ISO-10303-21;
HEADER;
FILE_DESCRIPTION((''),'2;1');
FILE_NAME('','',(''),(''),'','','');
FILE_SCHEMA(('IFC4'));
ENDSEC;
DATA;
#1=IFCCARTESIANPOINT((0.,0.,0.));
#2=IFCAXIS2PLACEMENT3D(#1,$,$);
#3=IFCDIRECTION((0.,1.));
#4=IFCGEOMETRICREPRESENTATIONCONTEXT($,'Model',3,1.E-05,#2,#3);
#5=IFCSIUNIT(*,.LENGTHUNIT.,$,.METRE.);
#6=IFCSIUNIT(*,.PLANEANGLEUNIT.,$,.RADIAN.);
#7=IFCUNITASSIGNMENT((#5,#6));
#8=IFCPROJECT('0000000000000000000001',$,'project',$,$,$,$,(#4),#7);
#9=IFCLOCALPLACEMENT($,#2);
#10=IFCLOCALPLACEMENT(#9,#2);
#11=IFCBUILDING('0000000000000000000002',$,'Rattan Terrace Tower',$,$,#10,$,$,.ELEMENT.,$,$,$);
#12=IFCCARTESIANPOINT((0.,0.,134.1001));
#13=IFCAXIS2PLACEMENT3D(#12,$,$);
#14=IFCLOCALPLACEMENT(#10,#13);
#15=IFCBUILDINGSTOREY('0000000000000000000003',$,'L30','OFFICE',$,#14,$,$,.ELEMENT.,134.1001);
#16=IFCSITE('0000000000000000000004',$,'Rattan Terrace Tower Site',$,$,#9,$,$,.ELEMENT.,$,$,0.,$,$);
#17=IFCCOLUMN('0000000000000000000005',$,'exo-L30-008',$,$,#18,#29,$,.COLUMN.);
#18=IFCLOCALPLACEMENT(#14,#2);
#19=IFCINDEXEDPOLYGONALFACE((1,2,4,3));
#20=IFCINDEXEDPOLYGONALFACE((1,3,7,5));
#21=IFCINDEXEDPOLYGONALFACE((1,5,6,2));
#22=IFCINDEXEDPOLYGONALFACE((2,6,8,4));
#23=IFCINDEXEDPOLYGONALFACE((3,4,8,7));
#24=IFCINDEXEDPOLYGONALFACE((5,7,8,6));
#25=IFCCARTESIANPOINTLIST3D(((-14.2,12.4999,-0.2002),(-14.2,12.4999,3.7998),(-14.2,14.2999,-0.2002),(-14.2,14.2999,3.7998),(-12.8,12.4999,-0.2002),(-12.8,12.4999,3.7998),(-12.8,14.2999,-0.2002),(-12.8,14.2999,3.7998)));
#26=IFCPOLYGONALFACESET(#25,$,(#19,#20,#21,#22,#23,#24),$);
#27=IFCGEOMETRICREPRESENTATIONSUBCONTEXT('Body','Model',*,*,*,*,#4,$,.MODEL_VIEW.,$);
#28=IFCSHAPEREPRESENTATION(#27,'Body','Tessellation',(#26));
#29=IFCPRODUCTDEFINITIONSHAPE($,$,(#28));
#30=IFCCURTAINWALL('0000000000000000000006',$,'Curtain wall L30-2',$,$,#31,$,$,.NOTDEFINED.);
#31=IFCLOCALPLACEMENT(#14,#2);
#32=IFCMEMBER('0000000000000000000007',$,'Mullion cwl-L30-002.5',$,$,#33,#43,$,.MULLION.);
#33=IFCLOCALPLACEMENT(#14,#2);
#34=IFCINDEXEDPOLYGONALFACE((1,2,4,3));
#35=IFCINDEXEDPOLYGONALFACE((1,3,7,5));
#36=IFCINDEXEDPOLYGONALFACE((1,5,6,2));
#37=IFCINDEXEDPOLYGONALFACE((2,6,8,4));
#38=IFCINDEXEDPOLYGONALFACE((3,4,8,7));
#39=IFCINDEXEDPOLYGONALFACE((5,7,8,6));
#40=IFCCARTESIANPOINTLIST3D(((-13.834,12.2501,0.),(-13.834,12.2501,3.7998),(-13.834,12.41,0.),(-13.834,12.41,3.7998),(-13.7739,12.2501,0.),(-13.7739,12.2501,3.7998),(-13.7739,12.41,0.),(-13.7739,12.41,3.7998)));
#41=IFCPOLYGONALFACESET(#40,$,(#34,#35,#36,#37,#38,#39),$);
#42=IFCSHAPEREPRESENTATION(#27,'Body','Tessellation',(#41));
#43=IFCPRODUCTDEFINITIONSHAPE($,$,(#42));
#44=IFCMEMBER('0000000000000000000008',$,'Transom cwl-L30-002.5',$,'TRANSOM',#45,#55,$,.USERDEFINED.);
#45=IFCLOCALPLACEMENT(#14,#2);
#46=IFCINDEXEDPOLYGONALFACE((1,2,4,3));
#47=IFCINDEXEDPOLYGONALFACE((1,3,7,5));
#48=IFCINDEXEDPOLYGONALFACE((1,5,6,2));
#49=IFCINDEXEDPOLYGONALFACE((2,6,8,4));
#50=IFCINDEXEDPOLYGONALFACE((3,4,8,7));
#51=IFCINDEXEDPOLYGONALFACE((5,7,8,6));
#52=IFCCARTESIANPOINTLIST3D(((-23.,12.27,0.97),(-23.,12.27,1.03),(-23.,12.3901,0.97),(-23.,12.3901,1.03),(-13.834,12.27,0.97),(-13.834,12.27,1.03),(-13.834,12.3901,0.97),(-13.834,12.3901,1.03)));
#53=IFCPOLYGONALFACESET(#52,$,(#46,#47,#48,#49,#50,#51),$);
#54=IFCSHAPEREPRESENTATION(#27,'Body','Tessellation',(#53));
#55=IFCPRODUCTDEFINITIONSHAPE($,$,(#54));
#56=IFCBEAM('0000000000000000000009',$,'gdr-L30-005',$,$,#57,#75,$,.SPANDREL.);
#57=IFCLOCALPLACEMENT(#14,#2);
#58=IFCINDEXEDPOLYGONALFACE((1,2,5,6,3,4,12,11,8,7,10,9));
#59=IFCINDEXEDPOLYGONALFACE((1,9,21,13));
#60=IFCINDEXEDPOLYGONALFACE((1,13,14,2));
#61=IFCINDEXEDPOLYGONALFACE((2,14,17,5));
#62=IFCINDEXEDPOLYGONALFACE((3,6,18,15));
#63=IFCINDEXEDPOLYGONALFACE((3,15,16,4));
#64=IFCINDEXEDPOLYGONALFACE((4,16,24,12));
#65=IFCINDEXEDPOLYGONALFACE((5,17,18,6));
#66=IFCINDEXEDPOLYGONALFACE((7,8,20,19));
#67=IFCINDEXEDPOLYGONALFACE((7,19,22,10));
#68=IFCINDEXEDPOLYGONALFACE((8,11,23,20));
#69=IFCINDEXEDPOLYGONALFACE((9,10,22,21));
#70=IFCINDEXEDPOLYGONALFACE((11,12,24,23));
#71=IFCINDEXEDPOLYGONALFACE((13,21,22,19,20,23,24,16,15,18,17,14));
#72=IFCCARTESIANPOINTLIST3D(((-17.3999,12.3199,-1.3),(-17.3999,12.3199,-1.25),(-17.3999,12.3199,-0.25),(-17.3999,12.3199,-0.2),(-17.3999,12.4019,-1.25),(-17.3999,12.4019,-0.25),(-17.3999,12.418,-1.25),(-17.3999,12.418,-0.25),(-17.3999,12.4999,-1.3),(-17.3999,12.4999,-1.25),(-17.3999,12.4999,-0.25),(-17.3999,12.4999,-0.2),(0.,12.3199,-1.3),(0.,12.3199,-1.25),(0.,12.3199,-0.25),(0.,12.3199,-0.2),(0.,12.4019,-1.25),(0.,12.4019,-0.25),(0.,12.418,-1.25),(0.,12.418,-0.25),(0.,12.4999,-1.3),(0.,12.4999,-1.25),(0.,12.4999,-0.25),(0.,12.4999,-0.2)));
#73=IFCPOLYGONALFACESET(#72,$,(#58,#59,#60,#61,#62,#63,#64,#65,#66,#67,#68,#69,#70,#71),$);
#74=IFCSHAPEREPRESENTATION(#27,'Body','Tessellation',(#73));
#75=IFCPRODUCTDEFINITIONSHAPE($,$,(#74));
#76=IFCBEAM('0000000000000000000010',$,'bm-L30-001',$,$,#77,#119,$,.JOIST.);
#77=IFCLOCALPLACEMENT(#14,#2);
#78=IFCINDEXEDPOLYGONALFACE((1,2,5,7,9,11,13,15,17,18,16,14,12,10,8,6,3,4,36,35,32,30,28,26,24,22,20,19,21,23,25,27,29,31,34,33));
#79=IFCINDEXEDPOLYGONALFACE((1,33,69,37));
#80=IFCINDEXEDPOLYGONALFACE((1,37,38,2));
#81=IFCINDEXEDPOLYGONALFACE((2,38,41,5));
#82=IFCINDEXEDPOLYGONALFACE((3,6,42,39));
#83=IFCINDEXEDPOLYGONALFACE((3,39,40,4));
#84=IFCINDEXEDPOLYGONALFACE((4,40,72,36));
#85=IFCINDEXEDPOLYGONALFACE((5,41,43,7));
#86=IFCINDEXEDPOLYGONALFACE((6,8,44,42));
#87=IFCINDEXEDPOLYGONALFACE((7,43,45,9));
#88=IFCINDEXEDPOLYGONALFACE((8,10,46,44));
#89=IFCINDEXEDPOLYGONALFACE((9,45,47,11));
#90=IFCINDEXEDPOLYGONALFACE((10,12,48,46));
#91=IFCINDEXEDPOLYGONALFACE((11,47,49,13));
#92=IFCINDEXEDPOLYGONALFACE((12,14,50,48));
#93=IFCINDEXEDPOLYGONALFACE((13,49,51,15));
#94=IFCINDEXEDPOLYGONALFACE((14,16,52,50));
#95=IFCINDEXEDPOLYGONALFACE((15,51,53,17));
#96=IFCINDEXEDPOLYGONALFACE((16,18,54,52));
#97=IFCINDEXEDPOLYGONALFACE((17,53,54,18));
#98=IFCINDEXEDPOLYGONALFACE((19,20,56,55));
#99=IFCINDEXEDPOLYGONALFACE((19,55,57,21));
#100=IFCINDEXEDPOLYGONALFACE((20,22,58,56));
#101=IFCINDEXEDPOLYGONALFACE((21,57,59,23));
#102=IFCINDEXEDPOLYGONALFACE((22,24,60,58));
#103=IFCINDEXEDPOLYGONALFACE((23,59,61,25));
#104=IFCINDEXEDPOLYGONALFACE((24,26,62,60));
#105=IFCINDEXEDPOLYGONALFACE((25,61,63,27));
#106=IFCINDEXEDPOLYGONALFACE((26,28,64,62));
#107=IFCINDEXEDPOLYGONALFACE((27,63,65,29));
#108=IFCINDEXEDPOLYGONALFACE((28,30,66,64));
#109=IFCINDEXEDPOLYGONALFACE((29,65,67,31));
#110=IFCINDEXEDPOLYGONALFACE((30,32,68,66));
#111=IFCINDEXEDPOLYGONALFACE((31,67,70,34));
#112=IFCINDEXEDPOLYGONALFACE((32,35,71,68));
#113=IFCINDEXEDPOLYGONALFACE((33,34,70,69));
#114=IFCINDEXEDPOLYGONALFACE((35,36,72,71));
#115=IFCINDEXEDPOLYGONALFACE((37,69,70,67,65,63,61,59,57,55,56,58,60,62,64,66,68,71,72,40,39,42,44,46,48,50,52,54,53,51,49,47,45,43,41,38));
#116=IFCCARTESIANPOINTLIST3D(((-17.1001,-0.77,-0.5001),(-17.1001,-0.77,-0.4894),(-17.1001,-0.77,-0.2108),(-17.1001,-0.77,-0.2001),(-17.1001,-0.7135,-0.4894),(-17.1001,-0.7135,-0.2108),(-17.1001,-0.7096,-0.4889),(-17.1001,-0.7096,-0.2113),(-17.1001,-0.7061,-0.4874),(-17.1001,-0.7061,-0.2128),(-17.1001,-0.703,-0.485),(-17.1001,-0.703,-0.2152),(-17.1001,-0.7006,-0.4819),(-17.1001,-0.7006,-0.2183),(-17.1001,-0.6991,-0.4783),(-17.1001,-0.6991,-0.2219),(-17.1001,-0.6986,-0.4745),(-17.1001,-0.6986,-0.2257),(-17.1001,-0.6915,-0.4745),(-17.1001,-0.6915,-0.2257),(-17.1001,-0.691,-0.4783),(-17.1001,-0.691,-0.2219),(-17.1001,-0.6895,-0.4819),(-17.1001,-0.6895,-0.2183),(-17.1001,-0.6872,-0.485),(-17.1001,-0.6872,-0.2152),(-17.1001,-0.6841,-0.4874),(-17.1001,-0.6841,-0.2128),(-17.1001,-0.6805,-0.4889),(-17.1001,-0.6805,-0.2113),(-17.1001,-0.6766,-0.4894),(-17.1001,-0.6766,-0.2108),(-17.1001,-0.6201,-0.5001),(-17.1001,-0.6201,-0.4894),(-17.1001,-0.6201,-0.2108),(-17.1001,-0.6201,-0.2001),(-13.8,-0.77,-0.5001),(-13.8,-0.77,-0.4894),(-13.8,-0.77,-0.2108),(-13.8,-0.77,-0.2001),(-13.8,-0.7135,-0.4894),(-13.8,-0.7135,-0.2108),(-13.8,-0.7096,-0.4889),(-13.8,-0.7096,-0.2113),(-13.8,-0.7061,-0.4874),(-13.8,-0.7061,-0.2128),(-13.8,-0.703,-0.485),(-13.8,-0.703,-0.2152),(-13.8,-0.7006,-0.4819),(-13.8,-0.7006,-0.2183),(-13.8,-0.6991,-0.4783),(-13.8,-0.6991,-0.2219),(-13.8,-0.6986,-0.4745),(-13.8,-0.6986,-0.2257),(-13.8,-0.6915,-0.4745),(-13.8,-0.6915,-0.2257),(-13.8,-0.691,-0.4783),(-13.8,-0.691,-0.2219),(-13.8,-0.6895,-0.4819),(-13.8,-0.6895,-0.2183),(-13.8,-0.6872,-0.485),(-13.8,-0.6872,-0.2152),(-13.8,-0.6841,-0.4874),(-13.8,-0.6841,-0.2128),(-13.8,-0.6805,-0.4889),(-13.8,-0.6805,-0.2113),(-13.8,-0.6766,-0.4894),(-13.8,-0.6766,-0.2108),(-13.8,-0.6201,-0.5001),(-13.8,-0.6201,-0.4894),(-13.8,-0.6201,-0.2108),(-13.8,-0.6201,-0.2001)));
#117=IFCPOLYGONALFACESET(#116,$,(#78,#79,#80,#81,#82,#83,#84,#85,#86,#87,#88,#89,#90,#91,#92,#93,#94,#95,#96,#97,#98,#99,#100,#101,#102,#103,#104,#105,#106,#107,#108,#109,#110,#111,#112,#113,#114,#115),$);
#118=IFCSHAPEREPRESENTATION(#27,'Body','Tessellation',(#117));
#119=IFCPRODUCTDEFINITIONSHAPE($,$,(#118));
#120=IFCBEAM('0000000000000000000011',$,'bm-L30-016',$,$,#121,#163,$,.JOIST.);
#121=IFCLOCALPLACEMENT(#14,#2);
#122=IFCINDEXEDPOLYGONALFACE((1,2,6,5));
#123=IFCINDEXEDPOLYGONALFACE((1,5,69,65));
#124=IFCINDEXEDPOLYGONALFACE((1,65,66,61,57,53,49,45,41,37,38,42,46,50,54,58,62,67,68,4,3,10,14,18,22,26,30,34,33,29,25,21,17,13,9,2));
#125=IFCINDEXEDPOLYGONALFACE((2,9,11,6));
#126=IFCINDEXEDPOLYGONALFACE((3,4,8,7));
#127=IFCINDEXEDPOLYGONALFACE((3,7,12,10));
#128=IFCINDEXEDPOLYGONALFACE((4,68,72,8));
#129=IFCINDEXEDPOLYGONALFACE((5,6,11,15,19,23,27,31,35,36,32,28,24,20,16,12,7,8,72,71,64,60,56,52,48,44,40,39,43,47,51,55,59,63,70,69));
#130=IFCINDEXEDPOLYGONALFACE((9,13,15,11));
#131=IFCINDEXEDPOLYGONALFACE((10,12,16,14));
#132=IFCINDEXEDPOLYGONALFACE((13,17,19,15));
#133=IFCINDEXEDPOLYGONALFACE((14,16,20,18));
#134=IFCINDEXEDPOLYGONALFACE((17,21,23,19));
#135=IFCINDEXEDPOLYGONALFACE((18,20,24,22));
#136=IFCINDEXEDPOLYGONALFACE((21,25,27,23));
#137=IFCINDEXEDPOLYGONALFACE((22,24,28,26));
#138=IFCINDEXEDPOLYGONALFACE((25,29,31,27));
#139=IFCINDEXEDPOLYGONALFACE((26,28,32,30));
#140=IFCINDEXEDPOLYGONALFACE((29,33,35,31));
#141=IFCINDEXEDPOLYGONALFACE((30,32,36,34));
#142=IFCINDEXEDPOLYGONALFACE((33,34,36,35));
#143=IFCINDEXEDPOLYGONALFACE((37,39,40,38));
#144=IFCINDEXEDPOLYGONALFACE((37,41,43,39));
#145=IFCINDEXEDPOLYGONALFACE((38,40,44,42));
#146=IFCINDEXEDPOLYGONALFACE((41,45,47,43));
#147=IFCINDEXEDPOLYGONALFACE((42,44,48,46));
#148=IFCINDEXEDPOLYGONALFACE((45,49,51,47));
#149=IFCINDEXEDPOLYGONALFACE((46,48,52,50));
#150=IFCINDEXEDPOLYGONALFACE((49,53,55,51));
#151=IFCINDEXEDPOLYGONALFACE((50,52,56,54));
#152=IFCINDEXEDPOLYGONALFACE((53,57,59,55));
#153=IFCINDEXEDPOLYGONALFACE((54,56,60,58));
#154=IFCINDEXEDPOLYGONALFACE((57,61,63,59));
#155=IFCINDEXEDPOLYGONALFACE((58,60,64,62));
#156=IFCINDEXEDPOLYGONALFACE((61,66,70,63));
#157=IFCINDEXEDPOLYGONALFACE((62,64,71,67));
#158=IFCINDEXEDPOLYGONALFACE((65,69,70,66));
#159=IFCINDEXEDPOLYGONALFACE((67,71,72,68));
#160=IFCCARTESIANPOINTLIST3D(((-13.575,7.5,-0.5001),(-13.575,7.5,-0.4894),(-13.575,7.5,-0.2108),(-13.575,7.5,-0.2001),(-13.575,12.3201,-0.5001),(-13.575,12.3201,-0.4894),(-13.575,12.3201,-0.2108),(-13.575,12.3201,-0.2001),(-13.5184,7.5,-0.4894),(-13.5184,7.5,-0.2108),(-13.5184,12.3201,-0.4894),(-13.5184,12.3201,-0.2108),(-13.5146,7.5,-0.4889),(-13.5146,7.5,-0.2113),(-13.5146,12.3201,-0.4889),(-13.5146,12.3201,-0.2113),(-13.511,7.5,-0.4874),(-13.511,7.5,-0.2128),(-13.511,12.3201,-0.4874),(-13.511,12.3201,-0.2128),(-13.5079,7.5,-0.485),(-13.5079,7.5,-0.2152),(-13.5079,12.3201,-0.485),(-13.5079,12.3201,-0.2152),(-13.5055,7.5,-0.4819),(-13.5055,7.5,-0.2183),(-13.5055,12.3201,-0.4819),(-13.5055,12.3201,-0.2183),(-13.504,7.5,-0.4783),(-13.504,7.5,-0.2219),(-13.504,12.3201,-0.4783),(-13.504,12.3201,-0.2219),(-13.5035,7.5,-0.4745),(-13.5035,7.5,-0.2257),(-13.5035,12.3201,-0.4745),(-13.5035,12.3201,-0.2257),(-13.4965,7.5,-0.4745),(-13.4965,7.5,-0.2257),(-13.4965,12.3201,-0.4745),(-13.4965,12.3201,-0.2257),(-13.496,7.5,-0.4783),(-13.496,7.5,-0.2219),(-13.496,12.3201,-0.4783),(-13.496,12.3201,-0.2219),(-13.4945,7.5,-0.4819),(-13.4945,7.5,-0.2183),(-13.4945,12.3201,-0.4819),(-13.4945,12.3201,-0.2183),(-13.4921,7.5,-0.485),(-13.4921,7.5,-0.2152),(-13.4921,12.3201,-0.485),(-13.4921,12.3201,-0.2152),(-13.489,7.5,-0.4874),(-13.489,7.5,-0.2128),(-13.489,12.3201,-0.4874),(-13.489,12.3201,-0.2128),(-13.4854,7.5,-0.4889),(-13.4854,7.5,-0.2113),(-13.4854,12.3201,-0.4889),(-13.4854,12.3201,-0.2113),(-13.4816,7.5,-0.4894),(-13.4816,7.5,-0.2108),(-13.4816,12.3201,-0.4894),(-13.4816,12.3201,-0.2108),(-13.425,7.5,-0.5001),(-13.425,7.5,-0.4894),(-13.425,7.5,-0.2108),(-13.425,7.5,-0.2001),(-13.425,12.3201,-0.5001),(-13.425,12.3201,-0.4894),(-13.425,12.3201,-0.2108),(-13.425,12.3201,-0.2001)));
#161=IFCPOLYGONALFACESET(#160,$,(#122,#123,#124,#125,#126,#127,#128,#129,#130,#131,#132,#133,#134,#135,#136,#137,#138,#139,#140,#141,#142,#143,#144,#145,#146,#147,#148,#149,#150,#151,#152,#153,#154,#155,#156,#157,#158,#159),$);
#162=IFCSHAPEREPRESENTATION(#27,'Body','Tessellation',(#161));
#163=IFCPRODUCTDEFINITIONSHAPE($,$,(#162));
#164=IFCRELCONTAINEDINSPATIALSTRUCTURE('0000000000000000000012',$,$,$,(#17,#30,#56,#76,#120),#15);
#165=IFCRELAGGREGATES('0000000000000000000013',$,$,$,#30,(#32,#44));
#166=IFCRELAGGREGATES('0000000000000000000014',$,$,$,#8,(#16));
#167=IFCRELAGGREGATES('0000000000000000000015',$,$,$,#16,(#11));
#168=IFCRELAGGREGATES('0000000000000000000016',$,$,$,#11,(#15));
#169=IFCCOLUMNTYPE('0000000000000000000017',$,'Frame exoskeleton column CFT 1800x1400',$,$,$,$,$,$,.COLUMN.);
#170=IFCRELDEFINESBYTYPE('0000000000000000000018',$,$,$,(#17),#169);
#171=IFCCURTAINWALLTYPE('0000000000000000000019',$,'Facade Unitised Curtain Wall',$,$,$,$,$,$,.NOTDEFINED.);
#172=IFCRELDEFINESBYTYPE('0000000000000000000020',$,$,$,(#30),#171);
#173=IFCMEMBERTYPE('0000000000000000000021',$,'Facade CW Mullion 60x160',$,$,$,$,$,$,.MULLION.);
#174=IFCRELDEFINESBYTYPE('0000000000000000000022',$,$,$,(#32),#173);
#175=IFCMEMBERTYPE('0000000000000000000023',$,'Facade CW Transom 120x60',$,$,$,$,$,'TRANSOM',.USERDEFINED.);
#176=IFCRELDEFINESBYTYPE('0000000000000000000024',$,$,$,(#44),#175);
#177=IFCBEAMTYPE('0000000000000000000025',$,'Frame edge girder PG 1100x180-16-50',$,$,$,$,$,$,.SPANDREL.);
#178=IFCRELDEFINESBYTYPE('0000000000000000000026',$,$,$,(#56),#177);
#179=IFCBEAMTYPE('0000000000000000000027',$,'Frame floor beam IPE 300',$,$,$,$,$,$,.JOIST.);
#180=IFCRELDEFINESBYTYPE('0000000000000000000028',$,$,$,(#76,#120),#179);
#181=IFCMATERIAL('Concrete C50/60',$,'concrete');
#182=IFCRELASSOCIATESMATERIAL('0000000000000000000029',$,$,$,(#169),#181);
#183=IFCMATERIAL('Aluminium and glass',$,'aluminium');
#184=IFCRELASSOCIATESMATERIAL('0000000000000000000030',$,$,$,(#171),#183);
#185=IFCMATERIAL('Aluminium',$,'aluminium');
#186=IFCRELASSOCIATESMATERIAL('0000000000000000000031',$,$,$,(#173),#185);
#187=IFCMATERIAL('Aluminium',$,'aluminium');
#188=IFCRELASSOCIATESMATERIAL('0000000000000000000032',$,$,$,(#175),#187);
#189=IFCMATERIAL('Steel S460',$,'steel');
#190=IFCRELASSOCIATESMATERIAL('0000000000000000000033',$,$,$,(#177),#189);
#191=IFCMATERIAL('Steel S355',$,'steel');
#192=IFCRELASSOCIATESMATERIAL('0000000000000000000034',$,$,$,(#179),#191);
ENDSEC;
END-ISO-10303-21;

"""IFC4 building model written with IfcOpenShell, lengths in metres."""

from ifc_helpers import new_model, si_unit, direction, frame, origin, origin_2d, place, context, subcontext, project, spatial, rectangle, i_section, extrude, material, material_profile, profile_set, type_object, element, aggregate, save


model = new_model("IFC4")

# Units and contexts
model_context = context("Model", 3, precision=1e-05, world=origin(), true_north=direction((0.0, 1.0)))
body_context = subcontext(model_context, "Body", "Model", "MODEL_VIEW")
ifc_project = project(units=[si_unit("LENGTHUNIT", "METRE"), si_unit("PLANEANGLEUNIT", "RADIAN")], contexts=[model_context])

# Site, building, storey
site_placement = place(None, origin())
site = spatial("IfcSite", under=ifc_project, at=site_placement, Name="Rattan Terrace Tower Site", CompositionType="ELEMENT", RefElevation=0.0)
building_placement = place(site_placement, origin())
building = spatial("IfcBuilding", under=site, at=building_placement, Name="Rattan Terrace Tower", CompositionType="ELEMENT")
storey_placement = place(building_placement, frame((0.0, 0.0, 134.1001)))
storey = spatial("IfcBuildingStorey", under=building, at=storey_placement, Name="L30", Description="OFFICE", CompositionType="ELEMENT", Elevation=134.1001)

# Column
ifc_material_1 = material(Name="Concrete C50/60", Category="concrete")
ifc_material_profile_1 = material_profile(ifc_material_1, rectangle(XDim=1.3999, YDim=1.8, at=origin_2d()), Name="CFT 1800x1400")
ifc_profile_set_1 = profile_set([ifc_material_profile_1], Name="Concrete C50/60")
column_type = type_object("IfcColumnType", Name="Frame exoskeleton column CFT 1800x1400", PredefinedType="COLUMN", material=ifc_profile_set_1)
column_placement = place(storey_placement, frame((-13.5, 13.3999, -0.2002), z_axis=(0.0, 0.0, 1.0), x_axis=(1.0, 0.0, 0.0)))
element("IfcColumn", 1, at=column_placement, inside=storey, type_object=column_type, Name="exo-L30-008", PredefinedType="COLUMN", context=body_context, shape_type="SweptSolid", body=[
    extrude(rectangle(XDim=1.3999, YDim=1.8, at=origin_2d()), origin(), (0.0, 0.0, 1.0), 4.0),
])

# Curtain wall, members
ifc_material_2 = material(Name="Aluminium and glass", Category="aluminium")
curtain_wall_type = type_object("IfcCurtainWallType", Name="Facade Unitised Curtain Wall", PredefinedType="NOTDEFINED", material=ifc_material_2)
curtain_wall_placement = place(storey_placement, origin())
curtain_wall = element("IfcCurtainWall", 2, at=curtain_wall_placement, inside=storey, type_object=curtain_wall_type, Name="Curtain wall L30-2", PredefinedType="NOTDEFINED")
ifc_material_3 = material(Name="Aluminium", Category="aluminium")
ifc_material_profile_2 = material_profile(ifc_material_3, rectangle(XDim=0.0601, YDim=0.1599, at=origin_2d()), Name="Aluminium 60x160")
ifc_profile_set_2 = profile_set([ifc_material_profile_2], Name="Aluminium")
member_type_1 = type_object("IfcMemberType", Name="Facade CW Mullion 60x160", PredefinedType="MULLION", material=ifc_profile_set_2)
member_1_placement = place(storey_placement, frame((-13.804, 12.3301, 0.0), z_axis=(0.0, 0.0, 1.0), x_axis=(-1.0, 0.0, 0.0)))
member_1 = element("IfcMember", 3, at=member_1_placement, type_object=member_type_1, Name="Mullion cwl-L30-002.5", PredefinedType="MULLION", context=body_context, shape_type="SweptSolid", body=[
    extrude(rectangle(XDim=0.0601, YDim=0.1599, at=origin_2d()), origin(), (0.0, 0.0, 1.0), 3.7998),
])
ifc_material_4 = material(Name="Aluminium", Category="aluminium")
ifc_material_profile_3 = material_profile(ifc_material_4, rectangle(XDim=0.1201, YDim=0.0601, at=origin_2d()), Name="Aluminium 120x60")
ifc_profile_set_3 = profile_set([ifc_material_profile_3], Name="Aluminium")
member_type_2 = type_object("IfcMemberType", Name="Facade CW Transom 120x60", ElementType="TRANSOM", PredefinedType="USERDEFINED", material=ifc_profile_set_3)
member_2_placement = place(storey_placement, frame((-13.834, 12.3301, 1.0), z_axis=(-1.0, 0.0, 0.0), x_axis=(0.0, -1.0, 0.0)))
member_2 = element("IfcMember", 4, at=member_2_placement, type_object=member_type_2, Name="Transom cwl-L30-002.5", ObjectType="TRANSOM", PredefinedType="USERDEFINED", context=body_context, shape_type="SweptSolid", body=[
    extrude(rectangle(XDim=0.1201, YDim=0.0601, at=origin_2d()), origin(), (0.0, 0.0, 1.0), 9.166),
])

# Beams
ifc_material_5 = material(Name="Steel S460", Category="steel")
ifc_material_profile_4 = material_profile(ifc_material_5, i_section(OverallWidth=0.1799, OverallDepth=1.1001, WebThickness=0.0161, FlangeThickness=0.05, at=origin_2d()), Name="PG 1100x180-16-50")
ifc_profile_set_4 = profile_set([ifc_material_profile_4], Name="Steel S460")
beam_type_1 = type_object("IfcBeamType", Name="Frame edge girder PG 1100x180-16-50", PredefinedType="SPANDREL", material=ifc_profile_set_4)
beam_1_placement = place(storey_placement, frame((-17.3999, 12.4099, -0.75), z_axis=(1.0, 0.0, 0.0), x_axis=(0.0, 1.0, 0.0)))
element("IfcBeam", 5, at=beam_1_placement, inside=storey, type_object=beam_type_1, Name="gdr-L30-005", PredefinedType="SPANDREL", context=body_context, shape_type="SweptSolid", body=[
    extrude(i_section(OverallWidth=0.1799, OverallDepth=1.1001, WebThickness=0.0161, FlangeThickness=0.05, at=origin_2d()), origin(), (0.0, 0.0, 1.0), 17.3999),
])
ifc_material_6 = material(Name="Steel S355", Category="steel")
ifc_material_profile_5 = material_profile(ifc_material_6, i_section(OverallWidth=0.1499, OverallDepth=0.3, WebThickness=0.0071, FlangeThickness=0.0107, FilletRadius=0.0149, at=origin_2d()), Name="IPE 300")
ifc_profile_set_5 = profile_set([ifc_material_profile_5], Name="Steel S355")
beam_type_2 = type_object("IfcBeamType", Name="Frame floor beam IPE 300", PredefinedType="JOIST", material=ifc_profile_set_5)
beam_2_placement = place(storey_placement, frame((-17.1001, -0.6951, -0.3501), z_axis=(1.0, 0.0, 0.0), x_axis=(0.0, 1.0, 0.0)))
element("IfcBeam", 6, at=beam_2_placement, inside=storey, type_object=beam_type_2, Name="bm-L30-001", PredefinedType="JOIST", context=body_context, shape_type="SweptSolid", body=[
    extrude(i_section(OverallWidth=0.1499, OverallDepth=0.3, WebThickness=0.0071, FlangeThickness=0.0107, FilletRadius=0.0149, at=origin_2d()), origin(), (0.0, 0.0, 1.0), 3.3),
])
for number, where, z_axis, x_axis, name in (
    (7, (-13.5, 7.5, -0.3501), (0.0, 1.0, 0.0), (-1.0, 0.0, 0.0), "bm-L30-016"),
):
    element("IfcBeam", number, at=place(storey_placement, frame(where, z_axis=z_axis, x_axis=x_axis)), inside=storey, type_object=beam_type_2, Name=name, PredefinedType="JOIST", context=body_context, shape_type="SweptSolid", body=[
        extrude(i_section(OverallWidth=0.1499, OverallDepth=0.3, WebThickness=0.0071, FlangeThickness=0.0107, FilletRadius=0.0149, at=origin_2d()), origin(), (0.0, 0.0, 1.0), 4.8201),
    ])

aggregate(curtain_wall, [member_1, member_2])

save(model, "model.ifc")
